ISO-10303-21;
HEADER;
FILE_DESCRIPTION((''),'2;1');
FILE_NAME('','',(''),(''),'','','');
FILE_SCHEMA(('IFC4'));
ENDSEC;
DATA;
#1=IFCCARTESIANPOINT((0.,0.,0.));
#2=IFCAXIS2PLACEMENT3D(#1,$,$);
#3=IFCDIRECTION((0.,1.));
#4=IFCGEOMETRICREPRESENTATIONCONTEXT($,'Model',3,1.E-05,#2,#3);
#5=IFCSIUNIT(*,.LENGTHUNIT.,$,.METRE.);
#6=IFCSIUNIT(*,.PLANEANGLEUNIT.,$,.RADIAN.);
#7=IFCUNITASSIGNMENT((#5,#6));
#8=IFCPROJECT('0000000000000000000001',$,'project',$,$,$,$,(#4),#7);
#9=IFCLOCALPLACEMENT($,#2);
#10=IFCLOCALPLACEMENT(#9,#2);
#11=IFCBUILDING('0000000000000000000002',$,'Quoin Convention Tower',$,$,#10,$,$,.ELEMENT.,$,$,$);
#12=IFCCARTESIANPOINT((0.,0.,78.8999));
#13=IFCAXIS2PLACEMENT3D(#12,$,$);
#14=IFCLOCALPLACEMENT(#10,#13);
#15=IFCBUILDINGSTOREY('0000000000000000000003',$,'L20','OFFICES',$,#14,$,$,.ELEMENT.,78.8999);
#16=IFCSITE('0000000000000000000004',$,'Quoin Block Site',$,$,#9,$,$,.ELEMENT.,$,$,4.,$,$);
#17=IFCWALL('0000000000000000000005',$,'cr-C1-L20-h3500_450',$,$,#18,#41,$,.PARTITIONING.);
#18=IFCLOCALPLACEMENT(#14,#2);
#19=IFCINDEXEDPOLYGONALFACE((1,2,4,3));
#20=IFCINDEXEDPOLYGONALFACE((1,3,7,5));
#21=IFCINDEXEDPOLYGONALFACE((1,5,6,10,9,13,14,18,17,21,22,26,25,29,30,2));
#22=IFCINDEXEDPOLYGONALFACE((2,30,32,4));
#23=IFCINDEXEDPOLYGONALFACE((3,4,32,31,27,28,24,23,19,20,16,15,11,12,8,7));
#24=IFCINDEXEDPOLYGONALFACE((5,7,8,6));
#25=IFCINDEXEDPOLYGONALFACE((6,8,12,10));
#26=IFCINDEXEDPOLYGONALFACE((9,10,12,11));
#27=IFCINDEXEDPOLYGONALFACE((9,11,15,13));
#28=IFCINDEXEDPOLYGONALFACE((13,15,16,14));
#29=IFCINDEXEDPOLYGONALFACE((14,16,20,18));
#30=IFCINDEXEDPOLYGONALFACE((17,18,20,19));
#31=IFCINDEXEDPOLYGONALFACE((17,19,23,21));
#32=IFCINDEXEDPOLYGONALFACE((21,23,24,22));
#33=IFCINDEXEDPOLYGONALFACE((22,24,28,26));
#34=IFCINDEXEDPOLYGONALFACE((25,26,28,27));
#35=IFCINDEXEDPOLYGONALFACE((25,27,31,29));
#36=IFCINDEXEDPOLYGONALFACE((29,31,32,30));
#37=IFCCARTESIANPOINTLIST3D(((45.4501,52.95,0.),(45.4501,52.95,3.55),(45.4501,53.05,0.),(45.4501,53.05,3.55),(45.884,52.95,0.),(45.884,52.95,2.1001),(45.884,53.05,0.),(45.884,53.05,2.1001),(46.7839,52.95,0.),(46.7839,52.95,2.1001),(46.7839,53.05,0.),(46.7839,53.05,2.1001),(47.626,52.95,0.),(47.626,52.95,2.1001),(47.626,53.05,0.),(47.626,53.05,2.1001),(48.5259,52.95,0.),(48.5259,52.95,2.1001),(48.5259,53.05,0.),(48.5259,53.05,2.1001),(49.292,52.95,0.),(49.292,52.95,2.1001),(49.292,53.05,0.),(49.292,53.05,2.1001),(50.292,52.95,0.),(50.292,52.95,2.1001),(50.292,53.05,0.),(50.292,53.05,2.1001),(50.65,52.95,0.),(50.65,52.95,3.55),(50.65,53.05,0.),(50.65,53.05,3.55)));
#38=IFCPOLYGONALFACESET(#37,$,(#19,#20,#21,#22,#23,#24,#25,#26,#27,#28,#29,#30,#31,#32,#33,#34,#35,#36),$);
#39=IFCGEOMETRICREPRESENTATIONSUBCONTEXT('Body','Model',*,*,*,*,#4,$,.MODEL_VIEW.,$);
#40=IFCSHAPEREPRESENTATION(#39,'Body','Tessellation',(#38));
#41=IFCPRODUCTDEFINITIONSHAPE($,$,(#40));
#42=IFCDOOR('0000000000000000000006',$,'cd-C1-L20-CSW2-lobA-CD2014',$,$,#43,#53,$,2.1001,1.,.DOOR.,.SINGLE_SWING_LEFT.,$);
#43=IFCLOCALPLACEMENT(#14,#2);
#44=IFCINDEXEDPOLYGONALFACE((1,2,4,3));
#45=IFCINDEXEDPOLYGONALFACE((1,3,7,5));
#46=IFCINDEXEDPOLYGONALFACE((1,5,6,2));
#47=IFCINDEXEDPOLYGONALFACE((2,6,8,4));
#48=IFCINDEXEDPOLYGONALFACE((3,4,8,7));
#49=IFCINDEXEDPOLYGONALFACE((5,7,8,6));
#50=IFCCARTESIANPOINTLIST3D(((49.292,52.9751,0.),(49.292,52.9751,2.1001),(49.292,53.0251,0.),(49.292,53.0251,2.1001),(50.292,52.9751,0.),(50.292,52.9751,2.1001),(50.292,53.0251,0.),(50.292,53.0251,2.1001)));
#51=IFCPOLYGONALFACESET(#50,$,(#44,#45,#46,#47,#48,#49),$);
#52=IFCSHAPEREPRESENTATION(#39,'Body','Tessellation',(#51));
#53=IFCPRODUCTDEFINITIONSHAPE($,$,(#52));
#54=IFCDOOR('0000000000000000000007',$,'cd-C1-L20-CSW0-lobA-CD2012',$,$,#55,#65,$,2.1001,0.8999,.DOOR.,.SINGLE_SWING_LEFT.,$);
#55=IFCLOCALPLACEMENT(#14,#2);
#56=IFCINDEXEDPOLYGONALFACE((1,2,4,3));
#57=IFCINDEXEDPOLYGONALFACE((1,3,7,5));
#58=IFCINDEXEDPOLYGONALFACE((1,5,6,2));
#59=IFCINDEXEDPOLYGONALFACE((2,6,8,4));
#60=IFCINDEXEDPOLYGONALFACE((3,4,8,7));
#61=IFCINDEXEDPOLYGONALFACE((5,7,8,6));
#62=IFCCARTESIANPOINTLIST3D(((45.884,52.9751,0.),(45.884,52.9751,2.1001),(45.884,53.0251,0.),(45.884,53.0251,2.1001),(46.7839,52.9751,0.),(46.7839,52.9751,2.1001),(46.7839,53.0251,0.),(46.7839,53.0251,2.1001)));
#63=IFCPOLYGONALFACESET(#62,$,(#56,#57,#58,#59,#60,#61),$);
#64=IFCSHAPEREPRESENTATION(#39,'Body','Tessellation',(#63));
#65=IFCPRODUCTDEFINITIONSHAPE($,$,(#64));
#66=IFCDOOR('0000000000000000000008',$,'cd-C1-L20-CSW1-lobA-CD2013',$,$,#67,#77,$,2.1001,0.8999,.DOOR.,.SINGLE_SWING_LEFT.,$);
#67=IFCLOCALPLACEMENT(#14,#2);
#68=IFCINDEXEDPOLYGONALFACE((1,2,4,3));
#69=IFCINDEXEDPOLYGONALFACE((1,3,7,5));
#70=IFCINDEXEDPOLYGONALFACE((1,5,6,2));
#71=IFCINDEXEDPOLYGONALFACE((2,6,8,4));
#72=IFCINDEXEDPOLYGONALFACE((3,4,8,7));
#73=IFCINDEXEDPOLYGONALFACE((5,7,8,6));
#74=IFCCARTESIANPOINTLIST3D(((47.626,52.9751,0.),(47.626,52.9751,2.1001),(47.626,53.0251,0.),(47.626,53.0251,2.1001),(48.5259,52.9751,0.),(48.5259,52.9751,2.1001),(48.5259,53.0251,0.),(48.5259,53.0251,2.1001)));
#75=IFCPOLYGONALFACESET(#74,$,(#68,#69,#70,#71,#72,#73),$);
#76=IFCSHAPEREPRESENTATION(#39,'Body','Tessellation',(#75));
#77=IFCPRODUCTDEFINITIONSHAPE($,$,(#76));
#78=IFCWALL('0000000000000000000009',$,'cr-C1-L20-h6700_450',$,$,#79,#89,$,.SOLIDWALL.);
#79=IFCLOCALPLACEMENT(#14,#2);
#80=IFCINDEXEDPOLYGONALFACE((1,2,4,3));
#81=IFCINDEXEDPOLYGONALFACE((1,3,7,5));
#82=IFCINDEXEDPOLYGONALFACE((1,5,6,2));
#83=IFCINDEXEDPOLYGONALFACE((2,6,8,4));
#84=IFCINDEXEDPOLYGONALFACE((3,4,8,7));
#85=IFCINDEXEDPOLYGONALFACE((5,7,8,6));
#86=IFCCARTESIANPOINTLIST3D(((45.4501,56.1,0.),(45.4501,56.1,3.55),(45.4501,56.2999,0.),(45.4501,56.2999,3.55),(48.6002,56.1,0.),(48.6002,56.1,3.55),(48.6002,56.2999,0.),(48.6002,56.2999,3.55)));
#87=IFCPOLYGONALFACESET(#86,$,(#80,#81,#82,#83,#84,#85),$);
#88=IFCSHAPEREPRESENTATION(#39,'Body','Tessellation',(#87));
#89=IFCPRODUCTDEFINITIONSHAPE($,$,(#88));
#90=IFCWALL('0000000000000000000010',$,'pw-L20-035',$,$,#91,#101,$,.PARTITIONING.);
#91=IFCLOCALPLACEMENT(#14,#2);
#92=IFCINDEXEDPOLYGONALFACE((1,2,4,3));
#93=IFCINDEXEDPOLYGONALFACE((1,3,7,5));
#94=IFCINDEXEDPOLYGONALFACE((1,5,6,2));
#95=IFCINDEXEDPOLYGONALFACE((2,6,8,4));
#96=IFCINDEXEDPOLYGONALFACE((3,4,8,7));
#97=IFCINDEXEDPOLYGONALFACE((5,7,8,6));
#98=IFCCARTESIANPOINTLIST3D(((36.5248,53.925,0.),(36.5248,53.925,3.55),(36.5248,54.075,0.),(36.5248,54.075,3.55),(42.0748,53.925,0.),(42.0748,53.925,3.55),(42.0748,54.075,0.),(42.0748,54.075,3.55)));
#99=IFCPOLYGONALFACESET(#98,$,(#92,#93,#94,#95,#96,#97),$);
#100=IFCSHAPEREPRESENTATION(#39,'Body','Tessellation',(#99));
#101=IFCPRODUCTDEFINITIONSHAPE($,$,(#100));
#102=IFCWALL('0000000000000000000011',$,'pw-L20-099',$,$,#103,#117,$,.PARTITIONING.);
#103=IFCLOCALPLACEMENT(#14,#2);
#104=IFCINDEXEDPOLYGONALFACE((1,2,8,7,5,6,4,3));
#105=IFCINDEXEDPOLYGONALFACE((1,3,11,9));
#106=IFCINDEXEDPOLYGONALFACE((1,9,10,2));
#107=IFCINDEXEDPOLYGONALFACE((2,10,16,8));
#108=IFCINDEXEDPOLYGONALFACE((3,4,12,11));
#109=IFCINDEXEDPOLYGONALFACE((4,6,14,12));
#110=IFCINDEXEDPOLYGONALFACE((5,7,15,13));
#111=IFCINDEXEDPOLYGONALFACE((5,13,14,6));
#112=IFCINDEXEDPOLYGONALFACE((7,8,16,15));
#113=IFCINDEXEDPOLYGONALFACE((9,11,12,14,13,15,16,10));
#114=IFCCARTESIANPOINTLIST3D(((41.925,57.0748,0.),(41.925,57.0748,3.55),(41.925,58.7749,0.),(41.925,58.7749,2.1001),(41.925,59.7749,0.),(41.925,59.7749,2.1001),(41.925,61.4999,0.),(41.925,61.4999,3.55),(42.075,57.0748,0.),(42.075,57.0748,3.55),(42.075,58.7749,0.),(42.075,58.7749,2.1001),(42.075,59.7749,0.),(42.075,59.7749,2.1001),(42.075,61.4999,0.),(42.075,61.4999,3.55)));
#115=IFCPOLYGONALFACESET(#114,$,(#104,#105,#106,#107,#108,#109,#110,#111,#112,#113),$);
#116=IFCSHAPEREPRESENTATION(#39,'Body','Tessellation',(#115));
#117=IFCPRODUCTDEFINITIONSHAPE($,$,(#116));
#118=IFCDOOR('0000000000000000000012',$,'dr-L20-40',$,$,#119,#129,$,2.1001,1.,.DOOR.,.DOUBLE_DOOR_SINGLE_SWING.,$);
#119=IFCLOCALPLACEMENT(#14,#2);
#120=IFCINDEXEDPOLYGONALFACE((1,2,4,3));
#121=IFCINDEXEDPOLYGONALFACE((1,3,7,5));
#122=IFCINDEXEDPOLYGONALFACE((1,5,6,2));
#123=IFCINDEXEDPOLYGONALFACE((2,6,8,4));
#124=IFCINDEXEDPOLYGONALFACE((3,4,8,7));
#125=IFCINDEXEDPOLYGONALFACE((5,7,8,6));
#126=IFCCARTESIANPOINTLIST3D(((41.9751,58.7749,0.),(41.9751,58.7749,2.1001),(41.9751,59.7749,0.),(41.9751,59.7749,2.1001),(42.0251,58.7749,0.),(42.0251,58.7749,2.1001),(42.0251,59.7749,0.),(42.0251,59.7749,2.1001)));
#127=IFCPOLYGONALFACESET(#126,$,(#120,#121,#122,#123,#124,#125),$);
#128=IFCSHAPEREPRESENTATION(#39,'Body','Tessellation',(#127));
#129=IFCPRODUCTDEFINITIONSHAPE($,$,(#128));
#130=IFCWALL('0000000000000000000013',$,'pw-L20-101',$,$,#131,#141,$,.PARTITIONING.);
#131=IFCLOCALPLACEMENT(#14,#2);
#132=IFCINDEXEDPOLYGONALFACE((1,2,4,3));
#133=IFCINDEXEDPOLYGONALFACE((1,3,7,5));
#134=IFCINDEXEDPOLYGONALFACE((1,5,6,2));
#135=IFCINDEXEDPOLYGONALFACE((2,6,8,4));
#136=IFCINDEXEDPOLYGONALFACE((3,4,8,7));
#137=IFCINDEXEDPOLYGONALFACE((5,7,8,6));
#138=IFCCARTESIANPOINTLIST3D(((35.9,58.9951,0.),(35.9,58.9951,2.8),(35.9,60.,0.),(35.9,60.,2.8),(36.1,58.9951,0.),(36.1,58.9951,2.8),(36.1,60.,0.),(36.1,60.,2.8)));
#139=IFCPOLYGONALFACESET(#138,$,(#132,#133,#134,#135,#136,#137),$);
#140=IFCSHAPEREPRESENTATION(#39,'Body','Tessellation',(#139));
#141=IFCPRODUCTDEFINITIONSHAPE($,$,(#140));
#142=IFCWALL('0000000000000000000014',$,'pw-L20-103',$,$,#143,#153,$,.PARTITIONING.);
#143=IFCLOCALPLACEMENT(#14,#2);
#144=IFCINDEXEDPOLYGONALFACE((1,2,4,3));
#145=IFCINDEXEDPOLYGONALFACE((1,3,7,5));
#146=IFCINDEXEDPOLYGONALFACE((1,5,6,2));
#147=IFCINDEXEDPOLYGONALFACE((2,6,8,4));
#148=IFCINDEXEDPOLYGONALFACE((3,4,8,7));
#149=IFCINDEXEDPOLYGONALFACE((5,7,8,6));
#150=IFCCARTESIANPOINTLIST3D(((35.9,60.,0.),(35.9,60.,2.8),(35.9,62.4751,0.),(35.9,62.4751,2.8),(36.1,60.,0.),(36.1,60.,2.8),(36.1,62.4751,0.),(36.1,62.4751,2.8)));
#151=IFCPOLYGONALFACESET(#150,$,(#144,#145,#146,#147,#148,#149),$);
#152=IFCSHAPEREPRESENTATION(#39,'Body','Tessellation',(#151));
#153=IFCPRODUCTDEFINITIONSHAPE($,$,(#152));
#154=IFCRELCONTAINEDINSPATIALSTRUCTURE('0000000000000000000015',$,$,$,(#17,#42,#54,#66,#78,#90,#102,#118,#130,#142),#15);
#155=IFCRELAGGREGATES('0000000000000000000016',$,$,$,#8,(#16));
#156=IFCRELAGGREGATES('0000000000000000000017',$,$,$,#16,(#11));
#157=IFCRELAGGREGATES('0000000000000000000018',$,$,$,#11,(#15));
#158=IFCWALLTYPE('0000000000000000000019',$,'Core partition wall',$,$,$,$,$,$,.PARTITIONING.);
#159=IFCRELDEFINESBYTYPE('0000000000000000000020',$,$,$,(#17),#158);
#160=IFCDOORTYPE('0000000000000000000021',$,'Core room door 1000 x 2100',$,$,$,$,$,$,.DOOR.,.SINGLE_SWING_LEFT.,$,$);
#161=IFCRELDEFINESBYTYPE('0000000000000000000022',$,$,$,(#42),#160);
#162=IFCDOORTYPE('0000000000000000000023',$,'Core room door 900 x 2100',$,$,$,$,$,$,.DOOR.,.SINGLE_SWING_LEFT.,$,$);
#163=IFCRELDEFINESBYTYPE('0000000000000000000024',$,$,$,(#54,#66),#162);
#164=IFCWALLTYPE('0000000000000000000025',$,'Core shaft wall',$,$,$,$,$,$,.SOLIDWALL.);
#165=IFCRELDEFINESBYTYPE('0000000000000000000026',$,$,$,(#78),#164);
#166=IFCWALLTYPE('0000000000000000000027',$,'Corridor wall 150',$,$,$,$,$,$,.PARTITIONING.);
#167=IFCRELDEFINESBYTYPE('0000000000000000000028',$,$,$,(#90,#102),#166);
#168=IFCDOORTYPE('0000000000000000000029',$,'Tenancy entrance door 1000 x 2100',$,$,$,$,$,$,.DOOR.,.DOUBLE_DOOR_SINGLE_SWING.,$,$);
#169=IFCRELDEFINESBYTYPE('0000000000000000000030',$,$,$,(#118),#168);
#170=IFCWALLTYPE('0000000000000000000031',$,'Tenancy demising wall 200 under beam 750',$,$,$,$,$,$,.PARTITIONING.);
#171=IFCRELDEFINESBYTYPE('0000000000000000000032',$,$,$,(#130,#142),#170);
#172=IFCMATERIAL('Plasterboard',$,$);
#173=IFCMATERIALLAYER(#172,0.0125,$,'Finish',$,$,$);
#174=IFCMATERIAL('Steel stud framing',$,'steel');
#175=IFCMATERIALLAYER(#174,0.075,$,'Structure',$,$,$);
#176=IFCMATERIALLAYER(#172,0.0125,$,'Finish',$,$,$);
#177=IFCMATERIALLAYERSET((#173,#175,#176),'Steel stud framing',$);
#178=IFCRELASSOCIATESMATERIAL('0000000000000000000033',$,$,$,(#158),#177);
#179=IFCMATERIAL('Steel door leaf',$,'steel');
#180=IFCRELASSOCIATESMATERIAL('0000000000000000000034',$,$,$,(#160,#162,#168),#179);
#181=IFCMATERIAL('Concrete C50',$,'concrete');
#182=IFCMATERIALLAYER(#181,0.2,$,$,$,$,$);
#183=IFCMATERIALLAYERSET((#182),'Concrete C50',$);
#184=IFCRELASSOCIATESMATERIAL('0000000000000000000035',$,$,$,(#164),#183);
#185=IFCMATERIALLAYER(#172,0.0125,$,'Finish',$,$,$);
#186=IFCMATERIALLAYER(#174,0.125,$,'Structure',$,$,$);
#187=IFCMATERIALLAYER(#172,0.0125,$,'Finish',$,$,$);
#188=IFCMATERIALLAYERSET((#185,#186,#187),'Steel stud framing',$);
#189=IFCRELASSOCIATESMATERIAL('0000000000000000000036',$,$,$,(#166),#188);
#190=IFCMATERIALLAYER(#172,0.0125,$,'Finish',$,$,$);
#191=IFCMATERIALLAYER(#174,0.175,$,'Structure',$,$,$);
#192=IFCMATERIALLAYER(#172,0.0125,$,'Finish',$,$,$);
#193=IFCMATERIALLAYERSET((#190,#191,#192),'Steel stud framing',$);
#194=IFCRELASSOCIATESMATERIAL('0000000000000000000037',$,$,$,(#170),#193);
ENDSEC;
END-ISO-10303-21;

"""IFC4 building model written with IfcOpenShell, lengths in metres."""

from ifc_helpers import new_model, si_unit, direction, frame, frame_2d, origin, place, context, subcontext, project, spatial, rectangle, extrude, material, layer, layer_set, type_object, element, fill, save


model = new_model("IFC4")

# Units and contexts
model_context = context("Model", 3, precision=1e-05, world=origin(), true_north=direction((0.0, 1.0)))
body_context = subcontext(model_context, "Body", "Model", "MODEL_VIEW")
ifc_project = project(units=[si_unit("LENGTHUNIT", "METRE"), si_unit("PLANEANGLEUNIT", "RADIAN")], contexts=[model_context])

# Site, building, storey
site_placement = place(None, origin())
site = spatial("IfcSite", under=ifc_project, at=site_placement, Name="Quoin Block Site", CompositionType="ELEMENT", RefElevation=4.0)
building_placement = place(site_placement, origin())
building = spatial("IfcBuilding", under=site, at=building_placement, Name="Quoin Convention Tower", CompositionType="ELEMENT")
storey_placement = place(building_placement, frame((0.0, 0.0, 78.8999)))
storey = spatial("IfcBuildingStorey", under=building, at=storey_placement, Name="L20", Description="OFFICES", CompositionType="ELEMENT", Elevation=78.8999)

# Shared definitions
ifc_material_1 = material(Name="Plasterboard")
ifc_material_2 = material(Name="Steel stud framing", Category="steel")

# Wall, openings, doors
ifc_layer_1 = layer(ifc_material_1, 0.0125, Name="Finish")
ifc_layer_2 = layer(ifc_material_2, 0.075, Name="Structure")
ifc_layer_3 = layer(ifc_material_1, 0.0125, Name="Finish")
ifc_layer_set_1 = layer_set([ifc_layer_1, ifc_layer_2, ifc_layer_3], Name="Steel stud framing")
wall_type_1 = type_object("IfcWallType", Name="Core partition wall", PredefinedType="PARTITIONING", material=ifc_layer_set_1)
wall_1_placement = place(storey_placement, frame((45.45, 53.0, 0.0), z_axis=(0.0, 0.0, 1.0), x_axis=(1.0, 0.0, 0.0)))
wall_1 = element("IfcWall", 1, at=wall_1_placement, inside=storey, type_object=wall_type_1, Name="cr-C1-L20-h3500_450", PredefinedType="PARTITIONING", context=body_context, shape_type="SweptSolid", body=[
    extrude(rectangle(XDim=5.2, YDim=0.1001, at=frame_2d((2.6001, 0.0))), origin(), (0.0, 0.0, 1.0), 3.55),
])
opening_1_placement = place(wall_1_placement, frame((0.4341, 0.0, 0.0)))
opening_1 = element("IfcOpeningElement", 2, at=opening_1_placement, cuts=wall_1, PredefinedType="OPENING", context=body_context, shape_type="SweptSolid", body=[
    extrude(rectangle(XDim=0.8999, YDim=2.1001, at=frame_2d((0.45, 1.05))), frame((0.0, 0.0601, 0.0), z_axis=(0.0, -1.0, 0.0), x_axis=(1.0, 0.0, 0.0)), (0.0, 0.0, 1.0), 0.1201),
])
opening_2_placement = place(wall_1_placement, frame((2.176, 0.0, 0.0)))
opening_2 = element("IfcOpeningElement", 3, at=opening_2_placement, cuts=wall_1, PredefinedType="OPENING", context=body_context, shape_type="SweptSolid", body=[
    extrude(rectangle(XDim=0.8999, YDim=2.1001, at=frame_2d((0.45, 1.05))), frame((0.0, 0.0601, 0.0), z_axis=(0.0, -1.0, 0.0), x_axis=(1.0, 0.0, 0.0)), (0.0, 0.0, 1.0), 0.1201),
])
opening_3_placement = place(wall_1_placement, frame((3.842, 0.0, 0.0)))
opening_3 = element("IfcOpeningElement", 4, at=opening_3_placement, cuts=wall_1, PredefinedType="OPENING", context=body_context, shape_type="SweptSolid", body=[
    extrude(rectangle(XDim=1.0, YDim=2.1001, at=frame_2d((0.5, 1.05))), frame((0.0, 0.0601, 0.0), z_axis=(0.0, -1.0, 0.0), x_axis=(1.0, 0.0, 0.0)), (0.0, 0.0, 1.0), 0.1201),
])
ifc_material_3 = material(Name="Steel door leaf", Category="steel")
door_type_1 = type_object("IfcDoorType", Name="Core room door 1000 x 2100", OperationType="SINGLE_SWING_LEFT", PredefinedType="DOOR", material=ifc_material_3)
door_1_placement = place(opening_3_placement, frame((1.0, 0.0, 0.0), z_axis=(0.0, 0.0, 1.0), x_axis=(-1.0, 0.0, 0.0)))
door_1 = element("IfcDoor", 5, at=door_1_placement, inside=storey, type_object=door_type_1, Name="cd-C1-L20-CSW2-lobA-CD2014", OperationType="SINGLE_SWING_LEFT", OverallHeight=2.1001, OverallWidth=1.0, PredefinedType="DOOR", context=body_context, shape_type="SweptSolid", body=[
    extrude(rectangle(XDim=1.0, YDim=2.1001, at=frame_2d((0.5, 1.05))), frame((0.0, 0.0249, 0.0), z_axis=(0.0, -1.0, 0.0), x_axis=(1.0, 0.0, 0.0)), (0.0, 0.0, 1.0), 0.05),
])
fill(opening_3, door_1)
door_type_2 = type_object("IfcDoorType", Name="Core room door 900 x 2100", OperationType="SINGLE_SWING_LEFT", PredefinedType="DOOR", material=ifc_material_3)
door_2_placement = place(opening_1_placement, frame((0.8999, 0.0, 0.0), z_axis=(0.0, 0.0, 1.0), x_axis=(-1.0, 0.0, 0.0)))
door_2 = element("IfcDoor", 6, at=door_2_placement, inside=storey, type_object=door_type_2, Name="cd-C1-L20-CSW0-lobA-CD2012", OperationType="SINGLE_SWING_LEFT", OverallHeight=2.1001, OverallWidth=0.8999, PredefinedType="DOOR", context=body_context, shape_type="SweptSolid", body=[
    extrude(rectangle(XDim=0.8999, YDim=2.1001, at=frame_2d((0.45, 1.05))), frame((0.0, 0.0249, 0.0), z_axis=(0.0, -1.0, 0.0), x_axis=(1.0, 0.0, 0.0)), (0.0, 0.0, 1.0), 0.05),
])
fill(opening_1, door_2)
door_3_placement = place(opening_2_placement, frame((0.8999, 0.0, 0.0), z_axis=(0.0, 0.0, 1.0), x_axis=(-1.0, 0.0, 0.0)))
door_3 = element("IfcDoor", 7, at=door_3_placement, inside=storey, type_object=door_type_2, Name="cd-C1-L20-CSW1-lobA-CD2013", OperationType="SINGLE_SWING_LEFT", OverallHeight=2.1001, OverallWidth=0.8999, PredefinedType="DOOR", context=body_context, shape_type="SweptSolid", body=[
    extrude(rectangle(XDim=0.8999, YDim=2.1001, at=frame_2d((0.45, 1.05))), frame((0.0, 0.0249, 0.0), z_axis=(0.0, -1.0, 0.0), x_axis=(1.0, 0.0, 0.0)), (0.0, 0.0, 1.0), 0.05),
])
fill(opening_2, door_3)

# Walls
ifc_material_4 = material(Name="Concrete C50", Category="concrete")
ifc_layer_4 = layer(ifc_material_4, 0.2)
ifc_layer_set_2 = layer_set([ifc_layer_4], Name="Concrete C50")
wall_type_2 = type_object("IfcWallType", Name="Core shaft wall", PredefinedType="SOLIDWALL", material=ifc_layer_set_2)
wall_2_placement = place(storey_placement, frame((45.45, 56.2, 0.0), z_axis=(0.0, 0.0, 1.0), x_axis=(1.0, 0.0, 0.0)))
element("IfcWall", 8, at=wall_2_placement, inside=storey, type_object=wall_type_2, Name="cr-C1-L20-h6700_450", PredefinedType="SOLIDWALL", context=body_context, shape_type="SweptSolid", body=[
    extrude(rectangle(XDim=3.1501, YDim=0.2, at=frame_2d((1.5752, 0.0))), origin(), (0.0, 0.0, 1.0), 3.55),
])
ifc_layer_5 = layer(ifc_material_1, 0.0125, Name="Finish")
ifc_layer_6 = layer(ifc_material_2, 0.125, Name="Structure")
ifc_layer_7 = layer(ifc_material_1, 0.0125, Name="Finish")
ifc_layer_set_3 = layer_set([ifc_layer_5, ifc_layer_6, ifc_layer_7], Name="Steel stud framing")
wall_type_3 = type_object("IfcWallType", Name="Corridor wall 150", PredefinedType="PARTITIONING", material=ifc_layer_set_3)
wall_3_placement = place(storey_placement, frame((36.5249, 54.0, 0.0), z_axis=(0.0, 0.0, 1.0), x_axis=(1.0, 0.0, 0.0)))
element("IfcWall", 9, at=wall_3_placement, inside=storey, type_object=wall_type_3, Name="pw-L20-035", PredefinedType="PARTITIONING", context=body_context, shape_type="SweptSolid", body=[
    extrude(rectangle(XDim=5.55, YDim=0.1499, at=frame_2d((2.7749, 0.0))), origin(), (0.0, 0.0, 1.0), 3.55),
])

# Wall, opening, door
wall_4_placement = place(storey_placement, frame((42.0, 57.075, 0.0), z_axis=(0.0, 0.0, 1.0), x_axis=(0.0, 1.0, 0.0)))
wall_4 = element("IfcWall", 10, at=wall_4_placement, inside=storey, type_object=wall_type_3, Name="pw-L20-099", PredefinedType="PARTITIONING", context=body_context, shape_type="SweptSolid", body=[
    extrude(rectangle(XDim=4.425, YDim=0.1499, at=frame_2d((2.2124, 0.0))), origin(), (0.0, 0.0, 1.0), 3.55),
])
opening_4_placement = place(wall_4_placement, frame((1.7, 0.0, 0.0)))
opening_4 = element("IfcOpeningElement", 11, at=opening_4_placement, cuts=wall_4, PredefinedType="OPENING", context=body_context, shape_type="SweptSolid", body=[
    extrude(rectangle(XDim=1.0, YDim=2.1001, at=frame_2d((0.5, 1.05))), frame((0.0, 0.085, 0.0), z_axis=(0.0, -1.0, 0.0), x_axis=(1.0, 0.0, 0.0)), (0.0, 0.0, 1.0), 0.1699),
])
door_type_3 = type_object("IfcDoorType", Name="Tenancy entrance door 1000 x 2100", OperationType="DOUBLE_DOOR_SINGLE_SWING", PredefinedType="DOOR", material=ifc_material_3)
door_4_placement = place(opening_4_placement, origin())
door_4 = element("IfcDoor", 12, at=door_4_placement, inside=storey, type_object=door_type_3, Name="dr-L20-40", OperationType="DOUBLE_DOOR_SINGLE_SWING", OverallHeight=2.1001, OverallWidth=1.0, PredefinedType="DOOR", context=body_context, shape_type="SweptSolid", body=[
    extrude(rectangle(XDim=1.0, YDim=2.1001, at=frame_2d((0.5, 1.05))), frame((0.0, 0.0249, 0.0), z_axis=(0.0, -1.0, 0.0), x_axis=(1.0, 0.0, 0.0)), (0.0, 0.0, 1.0), 0.05),
])
fill(opening_4, door_4)

# Walls
ifc_layer_8 = layer(ifc_material_1, 0.0125, Name="Finish")
ifc_layer_9 = layer(ifc_material_2, 0.175, Name="Structure")
ifc_layer_10 = layer(ifc_material_1, 0.0125, Name="Finish")
ifc_layer_set_4 = layer_set([ifc_layer_8, ifc_layer_9, ifc_layer_10], Name="Steel stud framing")
wall_type_4 = type_object("IfcWallType", Name="Tenancy demising wall 200 under beam 750", PredefinedType="PARTITIONING", material=ifc_layer_set_4)
wall_5_placement = place(storey_placement, frame((36.0, 58.9951, 0.0), z_axis=(0.0, 0.0, 1.0), x_axis=(0.0, 1.0, 0.0)))
element("IfcWall", 13, at=wall_5_placement, inside=storey, type_object=wall_type_4, Name="pw-L20-101", PredefinedType="PARTITIONING", context=body_context, shape_type="SweptSolid", body=[
    extrude(rectangle(XDim=1.0049, YDim=0.2, at=frame_2d((0.5024, 0.0))), origin(), (0.0, 0.0, 1.0), 2.8),
])
wall_6_placement = place(storey_placement, frame((36.0, 60.0, 0.0), z_axis=(0.0, 0.0, 1.0), x_axis=(0.0, 1.0, 0.0)))
element("IfcWall", 14, at=wall_6_placement, inside=storey, type_object=wall_type_4, Name="pw-L20-103", PredefinedType="PARTITIONING", context=body_context, shape_type="SweptSolid", body=[
    extrude(rectangle(XDim=2.4751, YDim=0.2, at=frame_2d((1.2375, 0.0))), origin(), (0.0, 0.0, 1.0), 2.8),
])

save(model, "model.ifc")
